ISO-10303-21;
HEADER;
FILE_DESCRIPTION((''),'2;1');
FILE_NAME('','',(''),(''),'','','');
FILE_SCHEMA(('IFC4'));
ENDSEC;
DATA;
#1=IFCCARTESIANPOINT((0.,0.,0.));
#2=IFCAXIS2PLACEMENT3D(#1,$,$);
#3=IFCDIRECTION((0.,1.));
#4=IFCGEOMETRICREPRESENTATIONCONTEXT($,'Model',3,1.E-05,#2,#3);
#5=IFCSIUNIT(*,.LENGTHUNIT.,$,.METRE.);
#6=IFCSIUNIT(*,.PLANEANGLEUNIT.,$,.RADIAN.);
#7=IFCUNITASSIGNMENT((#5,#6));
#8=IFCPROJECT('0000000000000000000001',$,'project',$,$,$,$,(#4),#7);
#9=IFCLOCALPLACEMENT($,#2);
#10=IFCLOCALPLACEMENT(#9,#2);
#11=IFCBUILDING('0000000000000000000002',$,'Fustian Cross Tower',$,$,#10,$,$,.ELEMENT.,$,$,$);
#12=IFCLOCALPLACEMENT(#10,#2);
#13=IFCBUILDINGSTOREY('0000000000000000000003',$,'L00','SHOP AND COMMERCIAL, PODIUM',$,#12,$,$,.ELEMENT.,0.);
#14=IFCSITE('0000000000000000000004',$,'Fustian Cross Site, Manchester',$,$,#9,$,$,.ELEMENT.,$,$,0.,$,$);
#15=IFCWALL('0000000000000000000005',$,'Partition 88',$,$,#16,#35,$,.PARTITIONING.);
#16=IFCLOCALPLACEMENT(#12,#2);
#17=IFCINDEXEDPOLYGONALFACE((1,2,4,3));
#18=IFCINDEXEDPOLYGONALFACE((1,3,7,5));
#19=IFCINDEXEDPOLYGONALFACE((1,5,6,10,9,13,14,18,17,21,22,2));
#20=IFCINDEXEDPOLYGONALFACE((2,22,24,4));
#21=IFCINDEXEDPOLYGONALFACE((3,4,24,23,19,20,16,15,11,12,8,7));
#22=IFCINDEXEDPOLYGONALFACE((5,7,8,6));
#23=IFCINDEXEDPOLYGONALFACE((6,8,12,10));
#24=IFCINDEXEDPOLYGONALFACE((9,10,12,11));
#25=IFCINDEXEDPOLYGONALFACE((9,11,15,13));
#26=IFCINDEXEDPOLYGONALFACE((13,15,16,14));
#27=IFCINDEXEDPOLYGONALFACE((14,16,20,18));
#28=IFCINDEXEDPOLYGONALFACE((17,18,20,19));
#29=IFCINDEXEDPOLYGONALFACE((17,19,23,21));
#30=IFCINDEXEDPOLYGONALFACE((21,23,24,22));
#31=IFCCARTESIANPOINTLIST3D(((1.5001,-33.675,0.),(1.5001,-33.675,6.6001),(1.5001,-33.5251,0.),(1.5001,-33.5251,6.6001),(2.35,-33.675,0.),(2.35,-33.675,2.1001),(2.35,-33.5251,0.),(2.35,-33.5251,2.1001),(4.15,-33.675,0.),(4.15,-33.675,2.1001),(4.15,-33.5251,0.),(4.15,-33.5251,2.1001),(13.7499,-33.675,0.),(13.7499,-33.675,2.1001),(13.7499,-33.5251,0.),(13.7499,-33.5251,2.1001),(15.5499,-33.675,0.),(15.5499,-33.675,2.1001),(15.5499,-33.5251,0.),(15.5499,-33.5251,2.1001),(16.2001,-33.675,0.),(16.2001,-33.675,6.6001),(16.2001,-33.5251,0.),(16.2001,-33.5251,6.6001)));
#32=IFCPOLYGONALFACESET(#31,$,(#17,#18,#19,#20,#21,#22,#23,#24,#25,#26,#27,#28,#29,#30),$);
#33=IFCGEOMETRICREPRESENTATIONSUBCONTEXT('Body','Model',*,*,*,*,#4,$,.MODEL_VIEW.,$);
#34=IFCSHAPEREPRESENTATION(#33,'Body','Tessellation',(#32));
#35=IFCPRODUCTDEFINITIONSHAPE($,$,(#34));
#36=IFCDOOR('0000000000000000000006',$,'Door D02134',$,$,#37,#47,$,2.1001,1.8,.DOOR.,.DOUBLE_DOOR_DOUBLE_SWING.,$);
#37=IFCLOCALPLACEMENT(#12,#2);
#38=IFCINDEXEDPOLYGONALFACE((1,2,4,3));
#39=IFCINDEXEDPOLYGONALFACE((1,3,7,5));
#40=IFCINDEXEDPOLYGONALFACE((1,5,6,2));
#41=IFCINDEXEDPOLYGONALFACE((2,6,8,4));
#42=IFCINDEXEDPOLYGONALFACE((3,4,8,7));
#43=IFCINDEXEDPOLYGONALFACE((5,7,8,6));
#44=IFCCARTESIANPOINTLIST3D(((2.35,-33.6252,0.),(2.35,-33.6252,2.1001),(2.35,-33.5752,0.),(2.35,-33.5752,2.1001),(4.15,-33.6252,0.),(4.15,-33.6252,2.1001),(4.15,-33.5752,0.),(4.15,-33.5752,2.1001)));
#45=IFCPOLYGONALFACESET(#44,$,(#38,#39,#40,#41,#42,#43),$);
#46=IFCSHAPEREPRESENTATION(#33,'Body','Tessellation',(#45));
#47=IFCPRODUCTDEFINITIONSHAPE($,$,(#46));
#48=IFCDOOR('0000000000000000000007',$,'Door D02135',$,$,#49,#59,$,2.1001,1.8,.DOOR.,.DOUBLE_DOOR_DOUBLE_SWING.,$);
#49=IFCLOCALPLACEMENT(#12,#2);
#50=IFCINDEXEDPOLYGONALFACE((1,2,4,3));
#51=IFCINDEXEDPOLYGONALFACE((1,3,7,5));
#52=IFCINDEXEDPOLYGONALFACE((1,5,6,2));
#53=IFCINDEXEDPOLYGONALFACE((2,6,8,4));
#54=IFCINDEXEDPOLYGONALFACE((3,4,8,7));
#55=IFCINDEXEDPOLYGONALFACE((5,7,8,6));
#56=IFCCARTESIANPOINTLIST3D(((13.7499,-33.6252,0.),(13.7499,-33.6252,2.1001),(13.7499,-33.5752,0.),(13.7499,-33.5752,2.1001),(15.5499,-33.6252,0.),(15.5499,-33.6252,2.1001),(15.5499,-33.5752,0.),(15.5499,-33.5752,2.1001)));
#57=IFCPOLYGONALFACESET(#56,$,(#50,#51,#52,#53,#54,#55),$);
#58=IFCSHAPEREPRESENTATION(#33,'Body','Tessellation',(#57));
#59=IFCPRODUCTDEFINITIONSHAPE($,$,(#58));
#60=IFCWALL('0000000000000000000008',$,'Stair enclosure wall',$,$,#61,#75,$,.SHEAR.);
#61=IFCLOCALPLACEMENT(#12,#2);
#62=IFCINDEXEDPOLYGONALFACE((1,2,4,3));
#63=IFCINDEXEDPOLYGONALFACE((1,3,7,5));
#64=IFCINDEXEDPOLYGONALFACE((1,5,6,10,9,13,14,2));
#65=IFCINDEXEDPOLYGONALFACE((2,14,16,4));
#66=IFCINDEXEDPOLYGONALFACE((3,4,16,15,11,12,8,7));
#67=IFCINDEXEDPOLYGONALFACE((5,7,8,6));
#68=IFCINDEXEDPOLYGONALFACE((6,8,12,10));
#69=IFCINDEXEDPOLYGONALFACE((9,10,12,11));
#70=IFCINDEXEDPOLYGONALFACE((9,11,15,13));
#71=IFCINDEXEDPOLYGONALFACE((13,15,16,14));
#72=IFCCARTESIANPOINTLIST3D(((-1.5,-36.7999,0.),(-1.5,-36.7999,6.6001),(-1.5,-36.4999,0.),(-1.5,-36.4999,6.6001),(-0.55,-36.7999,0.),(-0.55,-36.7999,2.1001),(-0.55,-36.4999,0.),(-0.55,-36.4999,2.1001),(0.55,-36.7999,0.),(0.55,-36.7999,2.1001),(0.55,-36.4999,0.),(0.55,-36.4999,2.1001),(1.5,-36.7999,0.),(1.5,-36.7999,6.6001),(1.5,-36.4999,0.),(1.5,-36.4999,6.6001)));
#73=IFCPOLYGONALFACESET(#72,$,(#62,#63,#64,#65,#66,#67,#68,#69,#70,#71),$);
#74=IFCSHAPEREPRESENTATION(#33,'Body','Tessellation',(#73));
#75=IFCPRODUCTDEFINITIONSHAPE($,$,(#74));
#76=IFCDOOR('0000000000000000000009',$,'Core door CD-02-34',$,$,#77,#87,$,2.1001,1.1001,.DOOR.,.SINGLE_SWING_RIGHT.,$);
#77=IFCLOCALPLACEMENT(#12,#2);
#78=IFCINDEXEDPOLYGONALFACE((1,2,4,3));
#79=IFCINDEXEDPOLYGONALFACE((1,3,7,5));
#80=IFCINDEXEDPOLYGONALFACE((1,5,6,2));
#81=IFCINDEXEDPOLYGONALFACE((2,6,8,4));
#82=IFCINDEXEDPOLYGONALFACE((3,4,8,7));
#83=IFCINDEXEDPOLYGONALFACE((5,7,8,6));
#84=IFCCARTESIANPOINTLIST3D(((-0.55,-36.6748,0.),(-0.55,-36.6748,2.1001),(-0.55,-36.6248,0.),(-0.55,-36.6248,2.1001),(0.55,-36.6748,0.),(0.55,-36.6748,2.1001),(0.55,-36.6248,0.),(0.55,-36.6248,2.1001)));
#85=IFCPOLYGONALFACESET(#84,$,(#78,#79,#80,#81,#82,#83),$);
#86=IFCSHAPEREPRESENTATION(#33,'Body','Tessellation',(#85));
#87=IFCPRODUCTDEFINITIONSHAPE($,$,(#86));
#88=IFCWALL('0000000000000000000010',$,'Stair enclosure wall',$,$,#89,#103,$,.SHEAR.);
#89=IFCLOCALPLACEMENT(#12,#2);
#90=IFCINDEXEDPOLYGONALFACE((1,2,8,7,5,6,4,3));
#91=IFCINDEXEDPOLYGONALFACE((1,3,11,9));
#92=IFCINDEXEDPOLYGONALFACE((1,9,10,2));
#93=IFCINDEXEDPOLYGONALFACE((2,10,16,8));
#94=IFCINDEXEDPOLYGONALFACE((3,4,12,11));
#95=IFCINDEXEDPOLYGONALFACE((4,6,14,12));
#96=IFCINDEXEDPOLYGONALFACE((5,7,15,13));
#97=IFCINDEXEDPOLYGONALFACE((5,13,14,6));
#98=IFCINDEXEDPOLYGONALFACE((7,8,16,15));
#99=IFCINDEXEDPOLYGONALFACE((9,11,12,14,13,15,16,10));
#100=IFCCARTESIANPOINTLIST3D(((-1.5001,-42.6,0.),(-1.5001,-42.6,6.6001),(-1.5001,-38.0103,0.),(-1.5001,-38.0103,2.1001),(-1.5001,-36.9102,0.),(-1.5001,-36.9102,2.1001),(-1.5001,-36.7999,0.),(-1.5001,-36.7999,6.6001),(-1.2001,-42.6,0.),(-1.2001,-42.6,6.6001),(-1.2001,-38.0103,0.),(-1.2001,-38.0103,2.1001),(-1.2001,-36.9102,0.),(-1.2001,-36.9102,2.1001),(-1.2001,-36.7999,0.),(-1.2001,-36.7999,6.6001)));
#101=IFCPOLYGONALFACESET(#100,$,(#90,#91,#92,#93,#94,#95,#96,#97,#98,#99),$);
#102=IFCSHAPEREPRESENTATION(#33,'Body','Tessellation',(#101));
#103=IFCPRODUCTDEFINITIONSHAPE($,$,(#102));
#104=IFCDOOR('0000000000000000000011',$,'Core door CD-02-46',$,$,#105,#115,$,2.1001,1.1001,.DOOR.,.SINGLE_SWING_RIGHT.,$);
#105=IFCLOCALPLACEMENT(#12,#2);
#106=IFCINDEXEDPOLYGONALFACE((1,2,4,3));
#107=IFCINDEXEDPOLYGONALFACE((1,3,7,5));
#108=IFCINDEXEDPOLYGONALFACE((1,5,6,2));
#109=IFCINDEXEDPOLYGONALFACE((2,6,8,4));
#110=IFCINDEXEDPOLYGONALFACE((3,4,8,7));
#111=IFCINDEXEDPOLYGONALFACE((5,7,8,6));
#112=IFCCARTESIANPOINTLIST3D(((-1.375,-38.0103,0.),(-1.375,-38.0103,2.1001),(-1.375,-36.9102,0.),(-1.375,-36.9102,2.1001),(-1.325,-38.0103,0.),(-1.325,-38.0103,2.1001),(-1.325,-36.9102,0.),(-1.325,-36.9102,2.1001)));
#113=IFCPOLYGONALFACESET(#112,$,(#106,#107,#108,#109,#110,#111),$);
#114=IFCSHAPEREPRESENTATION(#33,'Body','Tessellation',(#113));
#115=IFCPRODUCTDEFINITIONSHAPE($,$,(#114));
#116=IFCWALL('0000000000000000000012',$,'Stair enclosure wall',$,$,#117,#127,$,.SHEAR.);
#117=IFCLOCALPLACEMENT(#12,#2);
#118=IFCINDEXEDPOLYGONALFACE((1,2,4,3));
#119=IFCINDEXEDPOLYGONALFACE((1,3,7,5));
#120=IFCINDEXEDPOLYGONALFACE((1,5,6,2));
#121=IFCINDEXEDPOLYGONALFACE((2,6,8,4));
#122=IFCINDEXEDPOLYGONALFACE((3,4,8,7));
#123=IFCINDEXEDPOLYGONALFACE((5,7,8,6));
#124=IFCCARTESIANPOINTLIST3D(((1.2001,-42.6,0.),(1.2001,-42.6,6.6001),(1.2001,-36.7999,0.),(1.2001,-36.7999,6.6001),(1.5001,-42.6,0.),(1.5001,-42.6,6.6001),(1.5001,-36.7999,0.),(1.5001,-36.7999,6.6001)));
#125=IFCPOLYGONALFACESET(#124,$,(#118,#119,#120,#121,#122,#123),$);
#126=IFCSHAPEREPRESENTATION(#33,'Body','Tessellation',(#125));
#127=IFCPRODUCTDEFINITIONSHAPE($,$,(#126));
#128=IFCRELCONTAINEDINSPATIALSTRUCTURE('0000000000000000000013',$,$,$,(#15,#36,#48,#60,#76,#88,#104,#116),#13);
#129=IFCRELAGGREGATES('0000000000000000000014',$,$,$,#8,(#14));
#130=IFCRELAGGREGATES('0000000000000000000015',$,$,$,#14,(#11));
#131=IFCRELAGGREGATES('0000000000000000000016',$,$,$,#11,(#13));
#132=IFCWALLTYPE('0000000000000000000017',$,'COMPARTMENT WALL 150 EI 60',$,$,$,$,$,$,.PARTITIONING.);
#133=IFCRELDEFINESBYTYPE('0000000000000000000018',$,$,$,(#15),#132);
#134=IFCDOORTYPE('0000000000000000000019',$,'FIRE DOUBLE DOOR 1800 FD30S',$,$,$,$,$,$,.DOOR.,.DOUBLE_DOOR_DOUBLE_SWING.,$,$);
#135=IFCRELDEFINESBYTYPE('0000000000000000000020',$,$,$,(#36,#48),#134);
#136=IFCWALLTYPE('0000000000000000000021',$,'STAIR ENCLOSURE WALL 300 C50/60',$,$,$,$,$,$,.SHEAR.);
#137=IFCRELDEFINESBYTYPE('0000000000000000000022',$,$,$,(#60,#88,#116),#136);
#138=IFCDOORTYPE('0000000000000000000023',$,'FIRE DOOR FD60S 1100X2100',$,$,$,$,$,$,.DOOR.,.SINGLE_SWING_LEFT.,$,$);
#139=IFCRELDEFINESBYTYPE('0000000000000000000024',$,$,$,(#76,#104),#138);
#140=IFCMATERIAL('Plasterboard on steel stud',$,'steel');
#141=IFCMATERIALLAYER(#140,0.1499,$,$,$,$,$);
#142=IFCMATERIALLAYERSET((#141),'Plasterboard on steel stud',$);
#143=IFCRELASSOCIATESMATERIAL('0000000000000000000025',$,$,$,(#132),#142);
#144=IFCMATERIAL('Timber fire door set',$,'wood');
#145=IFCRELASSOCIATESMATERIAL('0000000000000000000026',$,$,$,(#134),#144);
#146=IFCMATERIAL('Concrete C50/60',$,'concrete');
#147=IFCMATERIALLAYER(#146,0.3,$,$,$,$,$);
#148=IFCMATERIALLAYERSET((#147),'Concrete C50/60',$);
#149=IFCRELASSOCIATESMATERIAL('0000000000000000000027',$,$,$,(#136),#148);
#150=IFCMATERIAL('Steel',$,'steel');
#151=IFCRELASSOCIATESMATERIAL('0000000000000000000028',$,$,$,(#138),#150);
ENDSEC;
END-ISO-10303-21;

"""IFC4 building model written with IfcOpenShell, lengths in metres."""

from ifc_helpers import new_model, si_unit, direction, frame, frame_2d, origin, place, context, subcontext, project, spatial, rectangle, extrude, material, layer, layer_set, type_object, element, fill, save


model = new_model("IFC4")

# Units and contexts
model_context = context("Model", 3, precision=1e-05, world=origin(), true_north=direction((0.0, 1.0)))
body_context = subcontext(model_context, "Body", "Model", "MODEL_VIEW")
ifc_project = project(units=[si_unit("LENGTHUNIT", "METRE"), si_unit("PLANEANGLEUNIT", "RADIAN")], contexts=[model_context])

# Site, building, storey
site_placement = place(None, origin())
site = spatial("IfcSite", under=ifc_project, at=site_placement, Name="Fustian Cross Site, Manchester", CompositionType="ELEMENT", RefElevation=0.0)
building_placement = place(site_placement, origin())
building = spatial("IfcBuilding", under=site, at=building_placement, Name="Fustian Cross Tower", CompositionType="ELEMENT")
storey_placement = place(building_placement, origin())
storey = spatial("IfcBuildingStorey", under=building, at=storey_placement, Name="L00", Description="SHOP AND COMMERCIAL, PODIUM", CompositionType="ELEMENT", Elevation=0.0)

# Shared definitions
ifc_material_1 = material(Name="Plasterboard on steel stud", Category="steel")
ifc_layer_1 = layer(ifc_material_1, 0.1499)
ifc_layer_set_1 = layer_set([ifc_layer_1], Name="Plasterboard on steel stud")
wall_type_1 = type_object("IfcWallType", Name="COMPARTMENT WALL 150 EI 60", PredefinedType="PARTITIONING", material=ifc_layer_set_1)

# Shared definitions
ifc_material_2 = material(Name="Timber fire door set", Category="wood")
door_type_1 = type_object("IfcDoorType", Name="FIRE DOUBLE DOOR 1800 FD30S", OperationType="DOUBLE_DOOR_DOUBLE_SWING", PredefinedType="DOOR", material=ifc_material_2)

# Wall, openings, doors
wall_1_placement = place(storey_placement, frame((1.5, -33.6001, 0.0), z_axis=(0.0, 0.0, 1.0), x_axis=(1.0, 0.0, 0.0)))
wall_1 = element("IfcWall", 1, at=wall_1_placement, inside=storey, type_object=wall_type_1, Name="Partition 88", PredefinedType="PARTITIONING", context=body_context, shape_type="SweptSolid", body=[
    extrude(rectangle(XDim=14.7, YDim=0.1499, at=frame_2d((7.3501, 0.0))), origin(), (0.0, 0.0, 1.0), 6.6001),
])
opening_1_placement = place(wall_1_placement, frame((0.8501, 0.0, 0.0)))
opening_1 = element("IfcOpeningElement", 2, at=opening_1_placement, cuts=wall_1, PredefinedType="OPENING", context=body_context, shape_type="SweptSolid", body=[
    extrude(rectangle(XDim=1.8, YDim=2.1001, at=frame_2d((0.8999, 1.05))), frame((0.0, 0.085, 0.0), z_axis=(0.0, -1.0, 0.0), x_axis=(1.0, 0.0, 0.0)), (0.0, 0.0, 1.0), 0.1699),
])
opening_2_placement = place(wall_1_placement, frame((12.25, 0.0, 0.0)))
opening_2 = element("IfcOpeningElement", 3, at=opening_2_placement, cuts=wall_1, PredefinedType="OPENING", context=body_context, shape_type="SweptSolid", body=[
    extrude(rectangle(XDim=1.8, YDim=2.1001, at=frame_2d((0.8999, 1.05))), frame((0.0, 0.085, 0.0), z_axis=(0.0, -1.0, 0.0), x_axis=(1.0, 0.0, 0.0)), (0.0, 0.0, 1.0), 0.1699),
])
door_1_placement = place(opening_1_placement, origin())
door_1 = element("IfcDoor", 4, at=door_1_placement, inside=storey, type_object=door_type_1, Name="Door D02134", OperationType="DOUBLE_DOOR_DOUBLE_SWING", OverallHeight=2.1001, OverallWidth=1.8, PredefinedType="DOOR", context=body_context, shape_type="SweptSolid", body=[
    extrude(rectangle(XDim=1.8, YDim=2.1001, at=frame_2d((0.8999, 1.05))), frame((0.0, 0.0249, 0.0), z_axis=(0.0, -1.0, 0.0), x_axis=(1.0, 0.0, 0.0)), (0.0, 0.0, 1.0), 0.05),
])
fill(opening_1, door_1)
door_2_placement = place(opening_2_placement, origin())
door_2 = element("IfcDoor", 5, at=door_2_placement, inside=storey, type_object=door_type_1, Name="Door D02135", OperationType="DOUBLE_DOOR_DOUBLE_SWING", OverallHeight=2.1001, OverallWidth=1.8, PredefinedType="DOOR", context=body_context, shape_type="SweptSolid", body=[
    extrude(rectangle(XDim=1.8, YDim=2.1001, at=frame_2d((0.8999, 1.05))), frame((0.0, 0.0249, 0.0), z_axis=(0.0, -1.0, 0.0), x_axis=(1.0, 0.0, 0.0)), (0.0, 0.0, 1.0), 0.05),
])
fill(opening_2, door_2)

# Walls, openings, doors
ifc_material_3 = material(Name="Concrete C50/60", Category="concrete")
ifc_layer_2 = layer(ifc_material_3, 0.3)
ifc_layer_set_2 = layer_set([ifc_layer_2], Name="Concrete C50/60")
wall_type_2 = type_object("IfcWallType", Name="STAIR ENCLOSURE WALL 300 C50/60", PredefinedType="SHEAR", material=ifc_layer_set_2)
wall_2_placement = place(storey_placement, frame((-1.5, -36.6499, 0.0), z_axis=(0.0, 0.0, 1.0), x_axis=(1.0, 0.0, 0.0)))
wall_2 = element("IfcWall", 6, at=wall_2_placement, inside=storey, type_object=wall_type_2, Name="Stair enclosure wall", PredefinedType="SHEAR", context=body_context, shape_type="SweptSolid", body=[
    extrude(rectangle(XDim=3.0, YDim=0.3, at=frame_2d((1.5, 0.0))), origin(), (0.0, 0.0, 1.0), 6.6001),
])
opening_3_placement = place(wall_2_placement, frame((0.95, 0.0, 0.0)))
opening_3 = element("IfcOpeningElement", 7, at=opening_3_placement, cuts=wall_2, PredefinedType="OPENING", context=body_context, shape_type="SweptSolid", body=[
    extrude(rectangle(XDim=1.1001, YDim=2.1001, at=frame_2d((0.55, 1.05))), frame((0.0, 0.1599, 0.0), z_axis=(0.0, -1.0, 0.0), x_axis=(1.0, 0.0, 0.0)), (0.0, 0.0, 1.0), 0.3201),
])
ifc_material_4 = material(Name="Steel", Category="steel")
door_type_2 = type_object("IfcDoorType", Name="FIRE DOOR FD60S 1100X2100", OperationType="SINGLE_SWING_LEFT", PredefinedType="DOOR", material=ifc_material_4)
door_3_placement = place(opening_3_placement, frame((1.1001, 0.0, 0.0), z_axis=(0.0, 0.0, 1.0), x_axis=(-1.0, 0.0, 0.0)))
door_3 = element("IfcDoor", 8, at=door_3_placement, inside=storey, type_object=door_type_2, Name="Core door CD-02-34", OperationType="SINGLE_SWING_RIGHT", OverallHeight=2.1001, OverallWidth=1.1001, PredefinedType="DOOR", context=body_context, shape_type="SweptSolid", body=[
    extrude(rectangle(XDim=1.1001, YDim=2.1001, at=frame_2d((0.55, 1.05))), frame((0.0, 0.0249, 0.0), z_axis=(0.0, -1.0, 0.0), x_axis=(1.0, 0.0, 0.0)), (0.0, 0.0, 1.0), 0.05),
])
fill(opening_3, door_3)
wall_3_placement = place(storey_placement, frame((-1.3501, -36.8, 0.0), z_axis=(0.0, 0.0, 1.0), x_axis=(0.0, -1.0, 0.0)))
wall_3 = element("IfcWall", 9, at=wall_3_placement, inside=storey, type_object=wall_type_2, Name="Stair enclosure wall", PredefinedType="SHEAR", context=body_context, shape_type="SweptSolid", body=[
    extrude(rectangle(XDim=5.8, YDim=0.3, at=frame_2d((2.8999, 0.0))), origin(), (0.0, 0.0, 1.0), 6.6001),
])
opening_4_placement = place(wall_3_placement, frame((0.1101, 0.0, 0.0)))
opening_4 = element("IfcOpeningElement", 10, at=opening_4_placement, cuts=wall_3, PredefinedType="OPENING", context=body_context, shape_type="SweptSolid", body=[
    extrude(rectangle(XDim=1.1001, YDim=2.1001, at=frame_2d((0.55, 1.05))), frame((0.0, 0.1599, 0.0), z_axis=(0.0, -1.0, 0.0), x_axis=(1.0, 0.0, 0.0)), (0.0, 0.0, 1.0), 0.3201),
])
door_4_placement = place(opening_4_placement, frame((1.1001, 0.0, 0.0), z_axis=(0.0, 0.0, 1.0), x_axis=(-1.0, 0.0, 0.0)))
door_4 = element("IfcDoor", 11, at=door_4_placement, inside=storey, type_object=door_type_2, Name="Core door CD-02-46", OperationType="SINGLE_SWING_RIGHT", OverallHeight=2.1001, OverallWidth=1.1001, PredefinedType="DOOR", context=body_context, shape_type="SweptSolid", body=[
    extrude(rectangle(XDim=1.1001, YDim=2.1001, at=frame_2d((0.55, 1.05))), frame((0.0, 0.0249, 0.0), z_axis=(0.0, -1.0, 0.0), x_axis=(1.0, 0.0, 0.0)), (0.0, 0.0, 1.0), 0.05),
])
fill(opening_4, door_4)

# Wall
wall_4_placement = place(storey_placement, frame((1.3501, -36.8, 0.0), z_axis=(0.0, 0.0, 1.0), x_axis=(0.0, -1.0, 0.0)))
element("IfcWall", 12, at=wall_4_placement, inside=storey, type_object=wall_type_2, Name="Stair enclosure wall", PredefinedType="SHEAR", context=body_context, shape_type="SweptSolid", body=[
    extrude(rectangle(XDim=5.8, YDim=0.3, at=frame_2d((2.8999, 0.0))), origin(), (0.0, 0.0, 1.0), 6.6001),
])

save(model, "model.ifc")
